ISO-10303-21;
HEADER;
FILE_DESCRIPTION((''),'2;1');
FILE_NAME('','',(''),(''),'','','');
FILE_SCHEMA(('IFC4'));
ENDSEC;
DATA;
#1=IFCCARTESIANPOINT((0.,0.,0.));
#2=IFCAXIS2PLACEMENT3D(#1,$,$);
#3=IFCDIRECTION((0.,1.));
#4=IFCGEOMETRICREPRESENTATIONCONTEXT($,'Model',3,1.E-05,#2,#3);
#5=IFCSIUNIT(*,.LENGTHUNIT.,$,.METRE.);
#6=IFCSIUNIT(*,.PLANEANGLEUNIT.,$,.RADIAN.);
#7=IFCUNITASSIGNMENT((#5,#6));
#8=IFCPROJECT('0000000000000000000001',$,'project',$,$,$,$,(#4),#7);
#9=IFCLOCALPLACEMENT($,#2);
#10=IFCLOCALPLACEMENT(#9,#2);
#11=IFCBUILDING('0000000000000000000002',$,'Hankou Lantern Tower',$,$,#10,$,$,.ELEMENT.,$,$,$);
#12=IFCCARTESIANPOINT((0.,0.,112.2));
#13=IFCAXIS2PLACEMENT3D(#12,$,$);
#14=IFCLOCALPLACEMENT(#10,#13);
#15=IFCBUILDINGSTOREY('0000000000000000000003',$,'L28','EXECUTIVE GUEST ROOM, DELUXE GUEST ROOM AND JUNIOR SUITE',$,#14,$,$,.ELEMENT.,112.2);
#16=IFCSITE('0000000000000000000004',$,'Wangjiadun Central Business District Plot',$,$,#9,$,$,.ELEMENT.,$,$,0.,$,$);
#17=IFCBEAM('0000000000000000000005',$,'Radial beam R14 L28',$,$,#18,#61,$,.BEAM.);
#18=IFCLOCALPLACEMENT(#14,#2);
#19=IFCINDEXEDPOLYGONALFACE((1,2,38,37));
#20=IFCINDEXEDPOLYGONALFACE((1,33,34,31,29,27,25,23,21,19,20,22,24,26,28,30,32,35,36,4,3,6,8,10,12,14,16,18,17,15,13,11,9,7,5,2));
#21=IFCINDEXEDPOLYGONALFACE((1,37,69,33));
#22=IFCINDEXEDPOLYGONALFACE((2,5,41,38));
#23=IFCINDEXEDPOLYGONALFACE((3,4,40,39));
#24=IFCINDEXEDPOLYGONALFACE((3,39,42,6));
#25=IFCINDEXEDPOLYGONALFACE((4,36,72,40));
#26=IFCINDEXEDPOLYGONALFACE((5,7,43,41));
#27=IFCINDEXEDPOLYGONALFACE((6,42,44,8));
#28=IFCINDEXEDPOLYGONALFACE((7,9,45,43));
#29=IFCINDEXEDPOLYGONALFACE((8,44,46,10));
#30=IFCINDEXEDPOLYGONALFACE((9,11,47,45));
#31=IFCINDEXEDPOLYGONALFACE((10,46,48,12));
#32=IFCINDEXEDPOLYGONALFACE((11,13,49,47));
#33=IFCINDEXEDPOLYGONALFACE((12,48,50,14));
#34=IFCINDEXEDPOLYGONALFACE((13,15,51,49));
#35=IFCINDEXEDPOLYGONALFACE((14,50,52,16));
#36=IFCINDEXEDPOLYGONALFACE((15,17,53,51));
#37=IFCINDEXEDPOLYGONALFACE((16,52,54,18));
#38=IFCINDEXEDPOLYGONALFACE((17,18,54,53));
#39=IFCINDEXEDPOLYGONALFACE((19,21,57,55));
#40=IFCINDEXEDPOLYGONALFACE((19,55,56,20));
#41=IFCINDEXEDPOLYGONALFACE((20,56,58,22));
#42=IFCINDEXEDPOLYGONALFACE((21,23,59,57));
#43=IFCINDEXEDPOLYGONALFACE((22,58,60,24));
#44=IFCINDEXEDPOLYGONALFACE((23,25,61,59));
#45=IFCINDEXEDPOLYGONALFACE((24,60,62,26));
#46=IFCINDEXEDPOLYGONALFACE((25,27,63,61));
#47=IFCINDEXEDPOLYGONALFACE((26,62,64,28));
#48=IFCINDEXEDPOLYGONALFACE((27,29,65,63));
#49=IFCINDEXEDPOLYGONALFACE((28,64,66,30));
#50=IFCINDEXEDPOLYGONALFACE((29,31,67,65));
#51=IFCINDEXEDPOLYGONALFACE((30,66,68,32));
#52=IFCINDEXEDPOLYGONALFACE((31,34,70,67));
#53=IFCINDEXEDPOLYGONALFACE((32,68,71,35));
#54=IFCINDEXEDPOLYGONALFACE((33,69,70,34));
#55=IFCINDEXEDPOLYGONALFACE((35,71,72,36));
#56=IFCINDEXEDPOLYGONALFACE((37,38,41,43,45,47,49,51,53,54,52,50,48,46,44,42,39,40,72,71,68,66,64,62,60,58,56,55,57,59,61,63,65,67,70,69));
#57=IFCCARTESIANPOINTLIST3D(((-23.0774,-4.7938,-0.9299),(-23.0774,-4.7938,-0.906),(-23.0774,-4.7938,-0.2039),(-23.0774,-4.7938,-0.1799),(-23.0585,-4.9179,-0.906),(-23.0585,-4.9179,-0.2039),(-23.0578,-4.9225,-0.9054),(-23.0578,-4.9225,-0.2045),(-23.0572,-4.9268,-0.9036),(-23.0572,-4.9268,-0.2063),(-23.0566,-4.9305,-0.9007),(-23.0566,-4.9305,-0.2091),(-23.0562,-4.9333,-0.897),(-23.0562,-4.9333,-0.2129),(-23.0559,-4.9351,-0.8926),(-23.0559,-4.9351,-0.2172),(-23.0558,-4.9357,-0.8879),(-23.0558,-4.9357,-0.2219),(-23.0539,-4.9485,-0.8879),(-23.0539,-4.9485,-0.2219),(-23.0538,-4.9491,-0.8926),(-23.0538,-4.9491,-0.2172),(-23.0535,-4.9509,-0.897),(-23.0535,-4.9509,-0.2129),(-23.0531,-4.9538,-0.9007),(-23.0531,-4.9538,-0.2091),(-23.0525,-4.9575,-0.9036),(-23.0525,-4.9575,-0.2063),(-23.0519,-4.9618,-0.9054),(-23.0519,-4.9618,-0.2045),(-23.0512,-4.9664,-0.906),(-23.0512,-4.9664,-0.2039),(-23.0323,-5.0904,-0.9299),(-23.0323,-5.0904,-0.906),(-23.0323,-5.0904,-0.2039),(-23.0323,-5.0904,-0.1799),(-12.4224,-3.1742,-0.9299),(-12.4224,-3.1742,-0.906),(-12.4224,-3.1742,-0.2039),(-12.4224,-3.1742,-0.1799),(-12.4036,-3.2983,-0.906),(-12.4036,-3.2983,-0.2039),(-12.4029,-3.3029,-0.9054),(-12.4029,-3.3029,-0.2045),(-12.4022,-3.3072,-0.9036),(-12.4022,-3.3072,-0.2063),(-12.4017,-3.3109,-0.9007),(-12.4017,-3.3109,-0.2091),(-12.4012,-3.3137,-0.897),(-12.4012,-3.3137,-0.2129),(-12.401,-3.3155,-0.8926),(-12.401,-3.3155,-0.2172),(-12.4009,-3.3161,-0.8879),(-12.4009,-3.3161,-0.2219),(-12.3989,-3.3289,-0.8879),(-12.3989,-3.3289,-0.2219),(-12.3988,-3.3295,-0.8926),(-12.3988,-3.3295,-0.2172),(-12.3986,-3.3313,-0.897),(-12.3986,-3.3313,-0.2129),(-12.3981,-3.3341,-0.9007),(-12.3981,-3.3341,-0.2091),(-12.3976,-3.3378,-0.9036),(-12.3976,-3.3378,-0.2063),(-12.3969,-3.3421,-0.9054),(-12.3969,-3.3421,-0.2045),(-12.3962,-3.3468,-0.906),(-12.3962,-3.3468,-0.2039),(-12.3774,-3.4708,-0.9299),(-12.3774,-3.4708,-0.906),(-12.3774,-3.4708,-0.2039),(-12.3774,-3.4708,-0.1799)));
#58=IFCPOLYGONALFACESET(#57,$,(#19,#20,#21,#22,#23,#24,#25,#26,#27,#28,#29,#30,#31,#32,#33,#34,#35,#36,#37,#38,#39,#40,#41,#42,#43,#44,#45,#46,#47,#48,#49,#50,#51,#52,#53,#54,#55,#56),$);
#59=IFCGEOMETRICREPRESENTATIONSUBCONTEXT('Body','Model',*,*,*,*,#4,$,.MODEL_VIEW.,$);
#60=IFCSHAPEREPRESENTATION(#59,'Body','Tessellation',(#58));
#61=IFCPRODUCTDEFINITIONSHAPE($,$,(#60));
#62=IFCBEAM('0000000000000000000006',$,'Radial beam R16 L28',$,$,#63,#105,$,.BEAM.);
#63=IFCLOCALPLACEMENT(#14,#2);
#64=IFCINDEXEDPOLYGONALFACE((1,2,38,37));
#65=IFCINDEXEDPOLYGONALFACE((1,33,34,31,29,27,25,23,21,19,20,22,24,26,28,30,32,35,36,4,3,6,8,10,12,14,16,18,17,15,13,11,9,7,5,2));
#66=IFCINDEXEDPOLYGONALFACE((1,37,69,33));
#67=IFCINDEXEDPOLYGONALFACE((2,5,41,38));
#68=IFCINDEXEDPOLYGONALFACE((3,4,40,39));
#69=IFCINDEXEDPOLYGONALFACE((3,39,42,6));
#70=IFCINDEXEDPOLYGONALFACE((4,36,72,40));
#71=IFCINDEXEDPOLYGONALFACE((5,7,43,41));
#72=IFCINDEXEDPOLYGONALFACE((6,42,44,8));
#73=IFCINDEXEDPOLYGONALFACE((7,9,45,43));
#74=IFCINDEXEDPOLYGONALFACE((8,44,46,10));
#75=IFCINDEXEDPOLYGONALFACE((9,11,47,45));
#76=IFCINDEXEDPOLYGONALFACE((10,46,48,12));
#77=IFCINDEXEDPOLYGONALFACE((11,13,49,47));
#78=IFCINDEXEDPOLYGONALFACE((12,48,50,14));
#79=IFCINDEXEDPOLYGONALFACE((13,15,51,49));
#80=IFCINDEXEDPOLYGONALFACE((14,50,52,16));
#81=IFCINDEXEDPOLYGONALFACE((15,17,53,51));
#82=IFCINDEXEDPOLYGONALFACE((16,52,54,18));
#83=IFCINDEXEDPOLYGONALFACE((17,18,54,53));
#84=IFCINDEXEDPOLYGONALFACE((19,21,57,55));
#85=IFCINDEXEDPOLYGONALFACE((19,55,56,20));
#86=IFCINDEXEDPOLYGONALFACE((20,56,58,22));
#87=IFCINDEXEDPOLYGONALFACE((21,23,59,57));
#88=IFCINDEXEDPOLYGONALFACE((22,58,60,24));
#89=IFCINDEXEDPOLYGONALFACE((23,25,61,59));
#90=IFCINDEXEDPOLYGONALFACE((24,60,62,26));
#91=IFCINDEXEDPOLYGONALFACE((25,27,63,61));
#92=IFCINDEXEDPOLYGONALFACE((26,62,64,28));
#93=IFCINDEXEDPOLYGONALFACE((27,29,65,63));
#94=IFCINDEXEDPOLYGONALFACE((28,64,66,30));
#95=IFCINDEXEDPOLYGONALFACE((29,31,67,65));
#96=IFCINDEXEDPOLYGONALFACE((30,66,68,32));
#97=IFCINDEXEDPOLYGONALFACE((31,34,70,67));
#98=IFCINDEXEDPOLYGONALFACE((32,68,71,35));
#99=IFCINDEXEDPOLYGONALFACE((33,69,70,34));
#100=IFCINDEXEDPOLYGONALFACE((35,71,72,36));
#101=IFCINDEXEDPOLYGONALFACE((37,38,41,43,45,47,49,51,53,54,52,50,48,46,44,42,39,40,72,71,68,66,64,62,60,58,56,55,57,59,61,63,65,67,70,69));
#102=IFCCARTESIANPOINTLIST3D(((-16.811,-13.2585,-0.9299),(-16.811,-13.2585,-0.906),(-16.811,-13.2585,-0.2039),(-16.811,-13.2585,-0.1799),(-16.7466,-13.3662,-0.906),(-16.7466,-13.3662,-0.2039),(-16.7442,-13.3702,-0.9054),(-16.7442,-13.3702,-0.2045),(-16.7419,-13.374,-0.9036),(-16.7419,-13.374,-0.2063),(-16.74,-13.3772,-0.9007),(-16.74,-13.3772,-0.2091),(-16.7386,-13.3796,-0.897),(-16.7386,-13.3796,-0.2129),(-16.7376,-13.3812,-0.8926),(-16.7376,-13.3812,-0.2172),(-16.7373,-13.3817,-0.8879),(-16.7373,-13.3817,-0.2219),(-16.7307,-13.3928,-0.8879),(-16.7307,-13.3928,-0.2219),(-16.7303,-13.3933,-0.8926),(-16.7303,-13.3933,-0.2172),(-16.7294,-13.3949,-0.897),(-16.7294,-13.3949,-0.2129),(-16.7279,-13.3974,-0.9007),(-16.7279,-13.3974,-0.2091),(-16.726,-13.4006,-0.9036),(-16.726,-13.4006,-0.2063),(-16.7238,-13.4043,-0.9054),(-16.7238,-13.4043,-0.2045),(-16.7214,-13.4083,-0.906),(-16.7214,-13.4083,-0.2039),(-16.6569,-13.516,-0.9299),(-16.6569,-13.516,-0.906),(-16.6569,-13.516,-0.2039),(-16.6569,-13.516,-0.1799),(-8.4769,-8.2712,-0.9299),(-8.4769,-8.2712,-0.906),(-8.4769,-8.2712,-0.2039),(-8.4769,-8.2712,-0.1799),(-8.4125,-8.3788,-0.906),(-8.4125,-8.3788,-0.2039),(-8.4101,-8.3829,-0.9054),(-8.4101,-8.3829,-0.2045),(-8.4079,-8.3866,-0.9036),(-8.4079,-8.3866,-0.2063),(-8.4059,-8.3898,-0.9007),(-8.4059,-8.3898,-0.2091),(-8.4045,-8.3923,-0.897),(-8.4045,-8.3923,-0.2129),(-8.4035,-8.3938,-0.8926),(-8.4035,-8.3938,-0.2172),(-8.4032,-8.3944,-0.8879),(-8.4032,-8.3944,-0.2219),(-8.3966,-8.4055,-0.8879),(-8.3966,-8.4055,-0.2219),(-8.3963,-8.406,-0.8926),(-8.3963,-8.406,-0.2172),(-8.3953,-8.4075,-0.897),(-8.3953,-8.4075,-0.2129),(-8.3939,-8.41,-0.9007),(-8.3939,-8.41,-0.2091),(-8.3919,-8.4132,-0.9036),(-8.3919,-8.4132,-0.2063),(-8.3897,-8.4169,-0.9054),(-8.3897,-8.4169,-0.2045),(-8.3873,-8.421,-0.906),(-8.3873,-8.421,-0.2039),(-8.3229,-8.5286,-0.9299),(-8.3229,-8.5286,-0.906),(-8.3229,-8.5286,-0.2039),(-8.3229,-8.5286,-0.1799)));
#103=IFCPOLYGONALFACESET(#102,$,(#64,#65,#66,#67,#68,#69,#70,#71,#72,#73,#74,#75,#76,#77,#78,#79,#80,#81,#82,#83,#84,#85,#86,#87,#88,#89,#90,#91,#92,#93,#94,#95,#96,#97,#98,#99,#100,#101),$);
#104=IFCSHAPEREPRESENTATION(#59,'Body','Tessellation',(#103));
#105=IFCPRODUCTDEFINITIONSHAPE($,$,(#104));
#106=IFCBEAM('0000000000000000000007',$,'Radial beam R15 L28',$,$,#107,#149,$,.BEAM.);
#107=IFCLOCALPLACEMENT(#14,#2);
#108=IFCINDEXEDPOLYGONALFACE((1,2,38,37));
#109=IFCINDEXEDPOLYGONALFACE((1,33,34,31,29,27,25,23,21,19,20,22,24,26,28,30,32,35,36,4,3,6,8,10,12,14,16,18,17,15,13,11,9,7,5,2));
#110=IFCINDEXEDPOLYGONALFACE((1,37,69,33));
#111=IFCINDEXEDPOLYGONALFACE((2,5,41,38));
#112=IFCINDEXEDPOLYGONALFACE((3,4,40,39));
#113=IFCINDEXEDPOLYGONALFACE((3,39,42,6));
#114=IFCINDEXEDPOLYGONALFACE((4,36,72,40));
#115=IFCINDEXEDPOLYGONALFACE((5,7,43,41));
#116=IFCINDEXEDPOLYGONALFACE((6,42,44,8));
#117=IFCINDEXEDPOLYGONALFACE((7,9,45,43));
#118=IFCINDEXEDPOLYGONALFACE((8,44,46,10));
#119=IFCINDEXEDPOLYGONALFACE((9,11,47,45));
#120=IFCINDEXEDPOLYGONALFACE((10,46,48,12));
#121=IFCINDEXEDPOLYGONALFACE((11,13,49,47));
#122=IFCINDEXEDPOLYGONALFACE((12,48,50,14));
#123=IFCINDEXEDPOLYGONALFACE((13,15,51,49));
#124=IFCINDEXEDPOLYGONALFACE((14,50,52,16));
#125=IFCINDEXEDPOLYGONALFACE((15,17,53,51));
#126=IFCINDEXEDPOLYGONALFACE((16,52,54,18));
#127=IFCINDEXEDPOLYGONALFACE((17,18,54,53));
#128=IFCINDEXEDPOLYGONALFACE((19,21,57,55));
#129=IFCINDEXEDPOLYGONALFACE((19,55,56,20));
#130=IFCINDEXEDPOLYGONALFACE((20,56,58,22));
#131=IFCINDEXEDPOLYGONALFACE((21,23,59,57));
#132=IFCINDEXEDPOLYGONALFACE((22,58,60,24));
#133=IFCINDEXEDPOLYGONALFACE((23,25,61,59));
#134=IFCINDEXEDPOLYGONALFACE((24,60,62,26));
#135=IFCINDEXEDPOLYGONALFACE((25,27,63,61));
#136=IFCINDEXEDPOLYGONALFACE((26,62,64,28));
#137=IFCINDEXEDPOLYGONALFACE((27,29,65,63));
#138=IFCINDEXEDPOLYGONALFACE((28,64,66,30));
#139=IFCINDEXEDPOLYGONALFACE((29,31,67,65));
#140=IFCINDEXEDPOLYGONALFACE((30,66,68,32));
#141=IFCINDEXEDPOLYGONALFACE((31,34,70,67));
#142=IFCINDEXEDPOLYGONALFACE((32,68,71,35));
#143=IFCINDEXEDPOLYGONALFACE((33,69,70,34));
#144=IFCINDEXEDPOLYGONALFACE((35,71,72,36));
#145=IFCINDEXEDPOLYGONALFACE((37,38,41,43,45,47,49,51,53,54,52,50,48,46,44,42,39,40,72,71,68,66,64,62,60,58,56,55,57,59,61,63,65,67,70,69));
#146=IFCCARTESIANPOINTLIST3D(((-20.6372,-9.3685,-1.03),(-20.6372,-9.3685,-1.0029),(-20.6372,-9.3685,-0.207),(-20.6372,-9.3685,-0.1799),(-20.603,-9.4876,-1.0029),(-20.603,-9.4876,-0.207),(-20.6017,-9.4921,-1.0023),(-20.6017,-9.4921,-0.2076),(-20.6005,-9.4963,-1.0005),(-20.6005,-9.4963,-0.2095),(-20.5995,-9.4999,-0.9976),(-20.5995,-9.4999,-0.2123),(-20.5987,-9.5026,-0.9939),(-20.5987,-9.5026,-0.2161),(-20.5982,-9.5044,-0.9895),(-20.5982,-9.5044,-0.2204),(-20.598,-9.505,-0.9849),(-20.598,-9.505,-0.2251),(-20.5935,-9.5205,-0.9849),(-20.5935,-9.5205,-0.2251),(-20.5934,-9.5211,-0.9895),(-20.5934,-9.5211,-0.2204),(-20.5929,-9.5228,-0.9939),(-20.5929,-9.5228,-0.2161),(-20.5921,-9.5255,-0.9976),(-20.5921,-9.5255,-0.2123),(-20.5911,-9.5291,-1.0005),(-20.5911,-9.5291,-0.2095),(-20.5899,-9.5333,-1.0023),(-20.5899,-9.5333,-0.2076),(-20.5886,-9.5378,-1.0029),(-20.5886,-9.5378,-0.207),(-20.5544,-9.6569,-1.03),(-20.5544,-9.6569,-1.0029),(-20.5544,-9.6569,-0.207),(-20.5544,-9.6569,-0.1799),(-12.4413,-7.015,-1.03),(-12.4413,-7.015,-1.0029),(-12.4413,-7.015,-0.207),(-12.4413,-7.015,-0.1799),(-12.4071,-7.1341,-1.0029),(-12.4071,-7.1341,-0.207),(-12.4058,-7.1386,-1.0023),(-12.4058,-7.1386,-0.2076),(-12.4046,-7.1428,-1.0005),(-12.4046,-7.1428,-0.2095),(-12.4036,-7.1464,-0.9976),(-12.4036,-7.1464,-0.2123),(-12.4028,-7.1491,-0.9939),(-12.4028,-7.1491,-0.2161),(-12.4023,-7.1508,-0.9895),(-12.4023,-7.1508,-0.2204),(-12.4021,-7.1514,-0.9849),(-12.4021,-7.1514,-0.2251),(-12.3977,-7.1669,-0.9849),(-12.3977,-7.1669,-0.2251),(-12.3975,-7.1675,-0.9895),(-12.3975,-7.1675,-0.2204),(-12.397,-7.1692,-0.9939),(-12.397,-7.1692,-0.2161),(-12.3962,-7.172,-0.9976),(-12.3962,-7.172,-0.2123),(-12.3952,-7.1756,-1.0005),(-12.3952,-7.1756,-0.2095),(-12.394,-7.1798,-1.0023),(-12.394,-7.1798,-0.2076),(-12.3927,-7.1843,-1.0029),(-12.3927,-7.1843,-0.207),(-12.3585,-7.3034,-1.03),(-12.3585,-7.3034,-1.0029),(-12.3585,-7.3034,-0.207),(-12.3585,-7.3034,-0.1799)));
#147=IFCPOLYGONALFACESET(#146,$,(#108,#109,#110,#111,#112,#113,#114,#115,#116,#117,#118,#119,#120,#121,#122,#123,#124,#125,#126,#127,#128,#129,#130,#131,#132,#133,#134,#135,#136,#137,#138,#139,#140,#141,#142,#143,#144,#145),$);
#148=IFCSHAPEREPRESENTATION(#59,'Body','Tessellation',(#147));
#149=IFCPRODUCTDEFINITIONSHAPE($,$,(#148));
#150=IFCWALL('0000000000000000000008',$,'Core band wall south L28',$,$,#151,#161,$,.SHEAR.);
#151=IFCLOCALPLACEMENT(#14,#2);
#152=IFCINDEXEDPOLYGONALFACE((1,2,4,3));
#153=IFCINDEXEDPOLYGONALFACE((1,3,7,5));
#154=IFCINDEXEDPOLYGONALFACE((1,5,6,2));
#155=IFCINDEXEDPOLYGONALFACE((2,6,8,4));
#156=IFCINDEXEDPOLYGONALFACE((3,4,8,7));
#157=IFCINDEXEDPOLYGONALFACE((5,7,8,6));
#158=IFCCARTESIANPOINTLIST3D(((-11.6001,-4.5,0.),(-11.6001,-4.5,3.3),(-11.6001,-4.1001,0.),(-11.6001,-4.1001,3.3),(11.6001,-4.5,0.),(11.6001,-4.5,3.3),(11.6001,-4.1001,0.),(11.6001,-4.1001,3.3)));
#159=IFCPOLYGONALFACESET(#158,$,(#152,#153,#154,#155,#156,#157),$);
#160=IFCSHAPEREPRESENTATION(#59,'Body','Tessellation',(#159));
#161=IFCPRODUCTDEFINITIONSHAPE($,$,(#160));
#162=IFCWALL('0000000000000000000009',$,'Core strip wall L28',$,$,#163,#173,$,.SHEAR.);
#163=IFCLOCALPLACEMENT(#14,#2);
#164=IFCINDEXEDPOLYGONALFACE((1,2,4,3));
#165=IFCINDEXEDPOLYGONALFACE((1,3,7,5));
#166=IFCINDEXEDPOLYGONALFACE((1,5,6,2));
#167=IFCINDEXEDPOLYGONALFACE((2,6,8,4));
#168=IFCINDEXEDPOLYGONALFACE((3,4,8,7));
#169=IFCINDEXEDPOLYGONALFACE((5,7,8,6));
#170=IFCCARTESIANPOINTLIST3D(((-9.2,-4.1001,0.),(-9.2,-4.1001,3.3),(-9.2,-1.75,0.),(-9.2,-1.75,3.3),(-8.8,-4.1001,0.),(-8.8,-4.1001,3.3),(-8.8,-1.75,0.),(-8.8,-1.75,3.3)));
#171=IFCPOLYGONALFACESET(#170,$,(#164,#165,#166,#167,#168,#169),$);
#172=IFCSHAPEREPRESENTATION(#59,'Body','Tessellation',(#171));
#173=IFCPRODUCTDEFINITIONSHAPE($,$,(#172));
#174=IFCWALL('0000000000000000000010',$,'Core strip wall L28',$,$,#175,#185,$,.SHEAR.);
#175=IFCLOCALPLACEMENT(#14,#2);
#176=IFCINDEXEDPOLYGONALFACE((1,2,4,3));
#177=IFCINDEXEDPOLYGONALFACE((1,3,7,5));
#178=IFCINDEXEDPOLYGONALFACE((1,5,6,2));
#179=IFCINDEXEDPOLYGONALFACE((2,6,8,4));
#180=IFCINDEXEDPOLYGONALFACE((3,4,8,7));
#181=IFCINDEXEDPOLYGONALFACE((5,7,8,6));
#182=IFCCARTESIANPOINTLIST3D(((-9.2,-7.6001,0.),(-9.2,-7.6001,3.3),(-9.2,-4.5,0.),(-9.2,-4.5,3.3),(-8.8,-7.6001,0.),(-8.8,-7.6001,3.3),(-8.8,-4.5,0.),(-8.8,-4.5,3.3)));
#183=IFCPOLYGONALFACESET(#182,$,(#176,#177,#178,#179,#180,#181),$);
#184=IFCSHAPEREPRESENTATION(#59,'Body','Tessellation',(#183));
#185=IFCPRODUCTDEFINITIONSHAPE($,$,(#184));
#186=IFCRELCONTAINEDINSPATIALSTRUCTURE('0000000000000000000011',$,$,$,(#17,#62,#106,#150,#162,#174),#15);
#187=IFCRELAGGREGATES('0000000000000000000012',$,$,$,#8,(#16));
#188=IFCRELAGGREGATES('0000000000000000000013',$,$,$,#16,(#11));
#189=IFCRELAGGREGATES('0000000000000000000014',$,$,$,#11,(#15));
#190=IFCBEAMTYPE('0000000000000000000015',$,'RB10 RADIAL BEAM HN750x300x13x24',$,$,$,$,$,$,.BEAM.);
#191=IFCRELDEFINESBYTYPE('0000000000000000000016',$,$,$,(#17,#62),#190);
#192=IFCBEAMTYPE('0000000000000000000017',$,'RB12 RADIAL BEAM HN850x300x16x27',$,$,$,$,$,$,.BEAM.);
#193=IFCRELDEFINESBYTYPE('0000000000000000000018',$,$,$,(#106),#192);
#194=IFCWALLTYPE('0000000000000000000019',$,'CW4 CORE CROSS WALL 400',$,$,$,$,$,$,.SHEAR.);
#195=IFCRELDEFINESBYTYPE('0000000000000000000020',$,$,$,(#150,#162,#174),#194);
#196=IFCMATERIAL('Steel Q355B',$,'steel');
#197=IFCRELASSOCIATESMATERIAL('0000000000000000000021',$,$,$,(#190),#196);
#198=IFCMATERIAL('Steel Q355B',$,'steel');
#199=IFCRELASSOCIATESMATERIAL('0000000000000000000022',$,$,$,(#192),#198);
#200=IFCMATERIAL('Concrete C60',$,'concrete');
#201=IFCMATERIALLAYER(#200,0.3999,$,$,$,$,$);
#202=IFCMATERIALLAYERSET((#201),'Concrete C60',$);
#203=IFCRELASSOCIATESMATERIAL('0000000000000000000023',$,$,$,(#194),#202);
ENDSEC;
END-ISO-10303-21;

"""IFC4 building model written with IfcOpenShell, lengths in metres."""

from ifc_helpers import new_model, si_unit, direction, frame, frame_2d, origin, origin_2d, place, context, subcontext, project, spatial, rectangle, i_section, extrude, material, layer, layer_set, material_profile, profile_set, type_object, element, save


model = new_model("IFC4")

# Units and contexts
model_context = context("Model", 3, precision=1e-05, world=origin(), true_north=direction((0.0, 1.0)))
body_context = subcontext(model_context, "Body", "Model", "MODEL_VIEW")
ifc_project = project(units=[si_unit("LENGTHUNIT", "METRE"), si_unit("PLANEANGLEUNIT", "RADIAN")], contexts=[model_context])

# Site, building, storey
site_placement = place(None, origin())
site = spatial("IfcSite", under=ifc_project, at=site_placement, Name="Wangjiadun Central Business District Plot", CompositionType="ELEMENT", RefElevation=0.0)
building_placement = place(site_placement, origin())
building = spatial("IfcBuilding", under=site, at=building_placement, Name="Hankou Lantern Tower", CompositionType="ELEMENT")
storey_placement = place(building_placement, frame((0.0, 0.0, 112.2)))
storey = spatial("IfcBuildingStorey", under=building, at=storey_placement, Name="L28", Description="EXECUTIVE GUEST ROOM, DELUXE GUEST ROOM AND JUNIOR SUITE", CompositionType="ELEMENT", Elevation=112.2)

# Beams
ifc_material_1 = material(Name="Steel Q355B", Category="steel")
ifc_material_profile_1 = material_profile(ifc_material_1, i_section(OverallWidth=0.3, OverallDepth=0.75, WebThickness=0.0129, FlangeThickness=0.0239, FilletRadius=0.0181, at=origin_2d()), Name="HN750x300x13x24")
ifc_profile_set_1 = profile_set([ifc_material_profile_1], Name="Steel Q355B")
beam_type_1 = type_object("IfcBeamType", Name="RB10 RADIAL BEAM HN750x300x13x24", PredefinedType="BEAM", material=ifc_profile_set_1)
beam_1_placement = place(storey_placement, frame((-12.3999, -3.3225, -0.5549), z_axis=(-0.988644, -0.15028, 0.0), x_axis=(0.15028, -0.988644, 0.0)))
element("IfcBeam", 1, at=beam_1_placement, inside=storey, type_object=beam_type_1, Name="Radial beam R14 L28", PredefinedType="BEAM", context=body_context, shape_type="SweptSolid", body=[
    extrude(i_section(OverallWidth=0.3, OverallDepth=0.75, WebThickness=0.0129, FlangeThickness=0.0239, FilletRadius=0.0181, at=origin_2d()), origin(), (0.0, 0.0, 1.0), 10.7773),
])
beam_2_placement = place(storey_placement, frame((-8.3999, -8.3999, -0.5549), z_axis=(-0.858087, -0.513505, 0.0), x_axis=(0.513505, -0.858087, 0.0)))
element("IfcBeam", 2, at=beam_2_placement, inside=storey, type_object=beam_type_1, Name="Radial beam R16 L28", PredefinedType="BEAM", context=body_context, shape_type="SweptSolid", body=[
    extrude(i_section(OverallWidth=0.3, OverallDepth=0.75, WebThickness=0.0129, FlangeThickness=0.0239, FilletRadius=0.0181, at=origin_2d()), origin(), (0.0, 0.0, 1.0), 9.7124),
])
ifc_material_2 = material(Name="Steel Q355B", Category="steel")
ifc_material_profile_2 = material_profile(ifc_material_2, i_section(OverallWidth=0.3, OverallDepth=0.8501, WebThickness=0.0161, FlangeThickness=0.0271, FilletRadius=0.0181, at=origin_2d()), Name="HN850x300x16x27")
ifc_profile_set_2 = profile_set([ifc_material_profile_2], Name="Steel Q355B")
beam_type_2 = type_object("IfcBeamType", Name="RB12 RADIAL BEAM HN850x300x16x27", PredefinedType="BEAM", material=ifc_profile_set_2)
beam_3_placement = place(storey_placement, frame((-12.3999, -7.1592, -0.605), z_axis=(-0.961156, -0.276007, 0.0), x_axis=(0.276007, -0.961156, 0.0)))
element("IfcBeam", 3, at=beam_3_placement, inside=storey, type_object=beam_type_2, Name="Radial beam R15 L28", PredefinedType="BEAM", context=body_context, shape_type="SweptSolid", body=[
    extrude(i_section(OverallWidth=0.3, OverallDepth=0.8501, WebThickness=0.0161, FlangeThickness=0.0271, FilletRadius=0.0181, at=origin_2d()), origin(), (0.0, 0.0, 1.0), 8.5271),
])

# Walls
ifc_material_3 = material(Name="Concrete C60", Category="concrete")
ifc_layer_1 = layer(ifc_material_3, 0.3999)
ifc_layer_set_1 = layer_set([ifc_layer_1], Name="Concrete C60")
wall_type_1 = type_object("IfcWallType", Name="CW4 CORE CROSS WALL 400", PredefinedType="SHEAR", material=ifc_layer_set_1)
wall_1_placement = place(storey_placement, frame((-11.6001, -4.3, 0.0), z_axis=(0.0, 0.0, 1.0), x_axis=(1.0, 0.0, 0.0)))
element("IfcWall", 4, at=wall_1_placement, inside=storey, type_object=wall_type_1, Name="Core band wall south L28", PredefinedType="SHEAR", context=body_context, shape_type="SweptSolid", body=[
    extrude(rectangle(XDim=23.2002, YDim=0.3999, at=frame_2d((11.6001, 0.0))), origin(), (0.0, 0.0, 1.0), 3.3),
])
wall_2_placement = place(storey_placement, frame((-9.0, -4.1001, 0.0), z_axis=(0.0, 0.0, 1.0), x_axis=(0.0, 1.0, 0.0)))
element("IfcWall", 5, at=wall_2_placement, inside=storey, type_object=wall_type_1, Name="Core strip wall L28", PredefinedType="SHEAR", context=body_context, shape_type="SweptSolid", body=[
    extrude(rectangle(XDim=2.3501, YDim=0.3999, at=frame_2d((1.175, 0.0))), origin(), (0.0, 0.0, 1.0), 3.3),
])
wall_3_placement = place(storey_placement, frame((-9.0, -7.6001, 0.0), z_axis=(0.0, 0.0, 1.0), x_axis=(0.0, 1.0, 0.0)))
element("IfcWall", 6, at=wall_3_placement, inside=storey, type_object=wall_type_1, Name="Core strip wall L28", PredefinedType="SHEAR", context=body_context, shape_type="SweptSolid", body=[
    extrude(rectangle(XDim=3.1001, YDim=0.3999, at=frame_2d((1.55, 0.0))), origin(), (0.0, 0.0, 1.0), 3.3),
])

save(model, "model.ifc")
